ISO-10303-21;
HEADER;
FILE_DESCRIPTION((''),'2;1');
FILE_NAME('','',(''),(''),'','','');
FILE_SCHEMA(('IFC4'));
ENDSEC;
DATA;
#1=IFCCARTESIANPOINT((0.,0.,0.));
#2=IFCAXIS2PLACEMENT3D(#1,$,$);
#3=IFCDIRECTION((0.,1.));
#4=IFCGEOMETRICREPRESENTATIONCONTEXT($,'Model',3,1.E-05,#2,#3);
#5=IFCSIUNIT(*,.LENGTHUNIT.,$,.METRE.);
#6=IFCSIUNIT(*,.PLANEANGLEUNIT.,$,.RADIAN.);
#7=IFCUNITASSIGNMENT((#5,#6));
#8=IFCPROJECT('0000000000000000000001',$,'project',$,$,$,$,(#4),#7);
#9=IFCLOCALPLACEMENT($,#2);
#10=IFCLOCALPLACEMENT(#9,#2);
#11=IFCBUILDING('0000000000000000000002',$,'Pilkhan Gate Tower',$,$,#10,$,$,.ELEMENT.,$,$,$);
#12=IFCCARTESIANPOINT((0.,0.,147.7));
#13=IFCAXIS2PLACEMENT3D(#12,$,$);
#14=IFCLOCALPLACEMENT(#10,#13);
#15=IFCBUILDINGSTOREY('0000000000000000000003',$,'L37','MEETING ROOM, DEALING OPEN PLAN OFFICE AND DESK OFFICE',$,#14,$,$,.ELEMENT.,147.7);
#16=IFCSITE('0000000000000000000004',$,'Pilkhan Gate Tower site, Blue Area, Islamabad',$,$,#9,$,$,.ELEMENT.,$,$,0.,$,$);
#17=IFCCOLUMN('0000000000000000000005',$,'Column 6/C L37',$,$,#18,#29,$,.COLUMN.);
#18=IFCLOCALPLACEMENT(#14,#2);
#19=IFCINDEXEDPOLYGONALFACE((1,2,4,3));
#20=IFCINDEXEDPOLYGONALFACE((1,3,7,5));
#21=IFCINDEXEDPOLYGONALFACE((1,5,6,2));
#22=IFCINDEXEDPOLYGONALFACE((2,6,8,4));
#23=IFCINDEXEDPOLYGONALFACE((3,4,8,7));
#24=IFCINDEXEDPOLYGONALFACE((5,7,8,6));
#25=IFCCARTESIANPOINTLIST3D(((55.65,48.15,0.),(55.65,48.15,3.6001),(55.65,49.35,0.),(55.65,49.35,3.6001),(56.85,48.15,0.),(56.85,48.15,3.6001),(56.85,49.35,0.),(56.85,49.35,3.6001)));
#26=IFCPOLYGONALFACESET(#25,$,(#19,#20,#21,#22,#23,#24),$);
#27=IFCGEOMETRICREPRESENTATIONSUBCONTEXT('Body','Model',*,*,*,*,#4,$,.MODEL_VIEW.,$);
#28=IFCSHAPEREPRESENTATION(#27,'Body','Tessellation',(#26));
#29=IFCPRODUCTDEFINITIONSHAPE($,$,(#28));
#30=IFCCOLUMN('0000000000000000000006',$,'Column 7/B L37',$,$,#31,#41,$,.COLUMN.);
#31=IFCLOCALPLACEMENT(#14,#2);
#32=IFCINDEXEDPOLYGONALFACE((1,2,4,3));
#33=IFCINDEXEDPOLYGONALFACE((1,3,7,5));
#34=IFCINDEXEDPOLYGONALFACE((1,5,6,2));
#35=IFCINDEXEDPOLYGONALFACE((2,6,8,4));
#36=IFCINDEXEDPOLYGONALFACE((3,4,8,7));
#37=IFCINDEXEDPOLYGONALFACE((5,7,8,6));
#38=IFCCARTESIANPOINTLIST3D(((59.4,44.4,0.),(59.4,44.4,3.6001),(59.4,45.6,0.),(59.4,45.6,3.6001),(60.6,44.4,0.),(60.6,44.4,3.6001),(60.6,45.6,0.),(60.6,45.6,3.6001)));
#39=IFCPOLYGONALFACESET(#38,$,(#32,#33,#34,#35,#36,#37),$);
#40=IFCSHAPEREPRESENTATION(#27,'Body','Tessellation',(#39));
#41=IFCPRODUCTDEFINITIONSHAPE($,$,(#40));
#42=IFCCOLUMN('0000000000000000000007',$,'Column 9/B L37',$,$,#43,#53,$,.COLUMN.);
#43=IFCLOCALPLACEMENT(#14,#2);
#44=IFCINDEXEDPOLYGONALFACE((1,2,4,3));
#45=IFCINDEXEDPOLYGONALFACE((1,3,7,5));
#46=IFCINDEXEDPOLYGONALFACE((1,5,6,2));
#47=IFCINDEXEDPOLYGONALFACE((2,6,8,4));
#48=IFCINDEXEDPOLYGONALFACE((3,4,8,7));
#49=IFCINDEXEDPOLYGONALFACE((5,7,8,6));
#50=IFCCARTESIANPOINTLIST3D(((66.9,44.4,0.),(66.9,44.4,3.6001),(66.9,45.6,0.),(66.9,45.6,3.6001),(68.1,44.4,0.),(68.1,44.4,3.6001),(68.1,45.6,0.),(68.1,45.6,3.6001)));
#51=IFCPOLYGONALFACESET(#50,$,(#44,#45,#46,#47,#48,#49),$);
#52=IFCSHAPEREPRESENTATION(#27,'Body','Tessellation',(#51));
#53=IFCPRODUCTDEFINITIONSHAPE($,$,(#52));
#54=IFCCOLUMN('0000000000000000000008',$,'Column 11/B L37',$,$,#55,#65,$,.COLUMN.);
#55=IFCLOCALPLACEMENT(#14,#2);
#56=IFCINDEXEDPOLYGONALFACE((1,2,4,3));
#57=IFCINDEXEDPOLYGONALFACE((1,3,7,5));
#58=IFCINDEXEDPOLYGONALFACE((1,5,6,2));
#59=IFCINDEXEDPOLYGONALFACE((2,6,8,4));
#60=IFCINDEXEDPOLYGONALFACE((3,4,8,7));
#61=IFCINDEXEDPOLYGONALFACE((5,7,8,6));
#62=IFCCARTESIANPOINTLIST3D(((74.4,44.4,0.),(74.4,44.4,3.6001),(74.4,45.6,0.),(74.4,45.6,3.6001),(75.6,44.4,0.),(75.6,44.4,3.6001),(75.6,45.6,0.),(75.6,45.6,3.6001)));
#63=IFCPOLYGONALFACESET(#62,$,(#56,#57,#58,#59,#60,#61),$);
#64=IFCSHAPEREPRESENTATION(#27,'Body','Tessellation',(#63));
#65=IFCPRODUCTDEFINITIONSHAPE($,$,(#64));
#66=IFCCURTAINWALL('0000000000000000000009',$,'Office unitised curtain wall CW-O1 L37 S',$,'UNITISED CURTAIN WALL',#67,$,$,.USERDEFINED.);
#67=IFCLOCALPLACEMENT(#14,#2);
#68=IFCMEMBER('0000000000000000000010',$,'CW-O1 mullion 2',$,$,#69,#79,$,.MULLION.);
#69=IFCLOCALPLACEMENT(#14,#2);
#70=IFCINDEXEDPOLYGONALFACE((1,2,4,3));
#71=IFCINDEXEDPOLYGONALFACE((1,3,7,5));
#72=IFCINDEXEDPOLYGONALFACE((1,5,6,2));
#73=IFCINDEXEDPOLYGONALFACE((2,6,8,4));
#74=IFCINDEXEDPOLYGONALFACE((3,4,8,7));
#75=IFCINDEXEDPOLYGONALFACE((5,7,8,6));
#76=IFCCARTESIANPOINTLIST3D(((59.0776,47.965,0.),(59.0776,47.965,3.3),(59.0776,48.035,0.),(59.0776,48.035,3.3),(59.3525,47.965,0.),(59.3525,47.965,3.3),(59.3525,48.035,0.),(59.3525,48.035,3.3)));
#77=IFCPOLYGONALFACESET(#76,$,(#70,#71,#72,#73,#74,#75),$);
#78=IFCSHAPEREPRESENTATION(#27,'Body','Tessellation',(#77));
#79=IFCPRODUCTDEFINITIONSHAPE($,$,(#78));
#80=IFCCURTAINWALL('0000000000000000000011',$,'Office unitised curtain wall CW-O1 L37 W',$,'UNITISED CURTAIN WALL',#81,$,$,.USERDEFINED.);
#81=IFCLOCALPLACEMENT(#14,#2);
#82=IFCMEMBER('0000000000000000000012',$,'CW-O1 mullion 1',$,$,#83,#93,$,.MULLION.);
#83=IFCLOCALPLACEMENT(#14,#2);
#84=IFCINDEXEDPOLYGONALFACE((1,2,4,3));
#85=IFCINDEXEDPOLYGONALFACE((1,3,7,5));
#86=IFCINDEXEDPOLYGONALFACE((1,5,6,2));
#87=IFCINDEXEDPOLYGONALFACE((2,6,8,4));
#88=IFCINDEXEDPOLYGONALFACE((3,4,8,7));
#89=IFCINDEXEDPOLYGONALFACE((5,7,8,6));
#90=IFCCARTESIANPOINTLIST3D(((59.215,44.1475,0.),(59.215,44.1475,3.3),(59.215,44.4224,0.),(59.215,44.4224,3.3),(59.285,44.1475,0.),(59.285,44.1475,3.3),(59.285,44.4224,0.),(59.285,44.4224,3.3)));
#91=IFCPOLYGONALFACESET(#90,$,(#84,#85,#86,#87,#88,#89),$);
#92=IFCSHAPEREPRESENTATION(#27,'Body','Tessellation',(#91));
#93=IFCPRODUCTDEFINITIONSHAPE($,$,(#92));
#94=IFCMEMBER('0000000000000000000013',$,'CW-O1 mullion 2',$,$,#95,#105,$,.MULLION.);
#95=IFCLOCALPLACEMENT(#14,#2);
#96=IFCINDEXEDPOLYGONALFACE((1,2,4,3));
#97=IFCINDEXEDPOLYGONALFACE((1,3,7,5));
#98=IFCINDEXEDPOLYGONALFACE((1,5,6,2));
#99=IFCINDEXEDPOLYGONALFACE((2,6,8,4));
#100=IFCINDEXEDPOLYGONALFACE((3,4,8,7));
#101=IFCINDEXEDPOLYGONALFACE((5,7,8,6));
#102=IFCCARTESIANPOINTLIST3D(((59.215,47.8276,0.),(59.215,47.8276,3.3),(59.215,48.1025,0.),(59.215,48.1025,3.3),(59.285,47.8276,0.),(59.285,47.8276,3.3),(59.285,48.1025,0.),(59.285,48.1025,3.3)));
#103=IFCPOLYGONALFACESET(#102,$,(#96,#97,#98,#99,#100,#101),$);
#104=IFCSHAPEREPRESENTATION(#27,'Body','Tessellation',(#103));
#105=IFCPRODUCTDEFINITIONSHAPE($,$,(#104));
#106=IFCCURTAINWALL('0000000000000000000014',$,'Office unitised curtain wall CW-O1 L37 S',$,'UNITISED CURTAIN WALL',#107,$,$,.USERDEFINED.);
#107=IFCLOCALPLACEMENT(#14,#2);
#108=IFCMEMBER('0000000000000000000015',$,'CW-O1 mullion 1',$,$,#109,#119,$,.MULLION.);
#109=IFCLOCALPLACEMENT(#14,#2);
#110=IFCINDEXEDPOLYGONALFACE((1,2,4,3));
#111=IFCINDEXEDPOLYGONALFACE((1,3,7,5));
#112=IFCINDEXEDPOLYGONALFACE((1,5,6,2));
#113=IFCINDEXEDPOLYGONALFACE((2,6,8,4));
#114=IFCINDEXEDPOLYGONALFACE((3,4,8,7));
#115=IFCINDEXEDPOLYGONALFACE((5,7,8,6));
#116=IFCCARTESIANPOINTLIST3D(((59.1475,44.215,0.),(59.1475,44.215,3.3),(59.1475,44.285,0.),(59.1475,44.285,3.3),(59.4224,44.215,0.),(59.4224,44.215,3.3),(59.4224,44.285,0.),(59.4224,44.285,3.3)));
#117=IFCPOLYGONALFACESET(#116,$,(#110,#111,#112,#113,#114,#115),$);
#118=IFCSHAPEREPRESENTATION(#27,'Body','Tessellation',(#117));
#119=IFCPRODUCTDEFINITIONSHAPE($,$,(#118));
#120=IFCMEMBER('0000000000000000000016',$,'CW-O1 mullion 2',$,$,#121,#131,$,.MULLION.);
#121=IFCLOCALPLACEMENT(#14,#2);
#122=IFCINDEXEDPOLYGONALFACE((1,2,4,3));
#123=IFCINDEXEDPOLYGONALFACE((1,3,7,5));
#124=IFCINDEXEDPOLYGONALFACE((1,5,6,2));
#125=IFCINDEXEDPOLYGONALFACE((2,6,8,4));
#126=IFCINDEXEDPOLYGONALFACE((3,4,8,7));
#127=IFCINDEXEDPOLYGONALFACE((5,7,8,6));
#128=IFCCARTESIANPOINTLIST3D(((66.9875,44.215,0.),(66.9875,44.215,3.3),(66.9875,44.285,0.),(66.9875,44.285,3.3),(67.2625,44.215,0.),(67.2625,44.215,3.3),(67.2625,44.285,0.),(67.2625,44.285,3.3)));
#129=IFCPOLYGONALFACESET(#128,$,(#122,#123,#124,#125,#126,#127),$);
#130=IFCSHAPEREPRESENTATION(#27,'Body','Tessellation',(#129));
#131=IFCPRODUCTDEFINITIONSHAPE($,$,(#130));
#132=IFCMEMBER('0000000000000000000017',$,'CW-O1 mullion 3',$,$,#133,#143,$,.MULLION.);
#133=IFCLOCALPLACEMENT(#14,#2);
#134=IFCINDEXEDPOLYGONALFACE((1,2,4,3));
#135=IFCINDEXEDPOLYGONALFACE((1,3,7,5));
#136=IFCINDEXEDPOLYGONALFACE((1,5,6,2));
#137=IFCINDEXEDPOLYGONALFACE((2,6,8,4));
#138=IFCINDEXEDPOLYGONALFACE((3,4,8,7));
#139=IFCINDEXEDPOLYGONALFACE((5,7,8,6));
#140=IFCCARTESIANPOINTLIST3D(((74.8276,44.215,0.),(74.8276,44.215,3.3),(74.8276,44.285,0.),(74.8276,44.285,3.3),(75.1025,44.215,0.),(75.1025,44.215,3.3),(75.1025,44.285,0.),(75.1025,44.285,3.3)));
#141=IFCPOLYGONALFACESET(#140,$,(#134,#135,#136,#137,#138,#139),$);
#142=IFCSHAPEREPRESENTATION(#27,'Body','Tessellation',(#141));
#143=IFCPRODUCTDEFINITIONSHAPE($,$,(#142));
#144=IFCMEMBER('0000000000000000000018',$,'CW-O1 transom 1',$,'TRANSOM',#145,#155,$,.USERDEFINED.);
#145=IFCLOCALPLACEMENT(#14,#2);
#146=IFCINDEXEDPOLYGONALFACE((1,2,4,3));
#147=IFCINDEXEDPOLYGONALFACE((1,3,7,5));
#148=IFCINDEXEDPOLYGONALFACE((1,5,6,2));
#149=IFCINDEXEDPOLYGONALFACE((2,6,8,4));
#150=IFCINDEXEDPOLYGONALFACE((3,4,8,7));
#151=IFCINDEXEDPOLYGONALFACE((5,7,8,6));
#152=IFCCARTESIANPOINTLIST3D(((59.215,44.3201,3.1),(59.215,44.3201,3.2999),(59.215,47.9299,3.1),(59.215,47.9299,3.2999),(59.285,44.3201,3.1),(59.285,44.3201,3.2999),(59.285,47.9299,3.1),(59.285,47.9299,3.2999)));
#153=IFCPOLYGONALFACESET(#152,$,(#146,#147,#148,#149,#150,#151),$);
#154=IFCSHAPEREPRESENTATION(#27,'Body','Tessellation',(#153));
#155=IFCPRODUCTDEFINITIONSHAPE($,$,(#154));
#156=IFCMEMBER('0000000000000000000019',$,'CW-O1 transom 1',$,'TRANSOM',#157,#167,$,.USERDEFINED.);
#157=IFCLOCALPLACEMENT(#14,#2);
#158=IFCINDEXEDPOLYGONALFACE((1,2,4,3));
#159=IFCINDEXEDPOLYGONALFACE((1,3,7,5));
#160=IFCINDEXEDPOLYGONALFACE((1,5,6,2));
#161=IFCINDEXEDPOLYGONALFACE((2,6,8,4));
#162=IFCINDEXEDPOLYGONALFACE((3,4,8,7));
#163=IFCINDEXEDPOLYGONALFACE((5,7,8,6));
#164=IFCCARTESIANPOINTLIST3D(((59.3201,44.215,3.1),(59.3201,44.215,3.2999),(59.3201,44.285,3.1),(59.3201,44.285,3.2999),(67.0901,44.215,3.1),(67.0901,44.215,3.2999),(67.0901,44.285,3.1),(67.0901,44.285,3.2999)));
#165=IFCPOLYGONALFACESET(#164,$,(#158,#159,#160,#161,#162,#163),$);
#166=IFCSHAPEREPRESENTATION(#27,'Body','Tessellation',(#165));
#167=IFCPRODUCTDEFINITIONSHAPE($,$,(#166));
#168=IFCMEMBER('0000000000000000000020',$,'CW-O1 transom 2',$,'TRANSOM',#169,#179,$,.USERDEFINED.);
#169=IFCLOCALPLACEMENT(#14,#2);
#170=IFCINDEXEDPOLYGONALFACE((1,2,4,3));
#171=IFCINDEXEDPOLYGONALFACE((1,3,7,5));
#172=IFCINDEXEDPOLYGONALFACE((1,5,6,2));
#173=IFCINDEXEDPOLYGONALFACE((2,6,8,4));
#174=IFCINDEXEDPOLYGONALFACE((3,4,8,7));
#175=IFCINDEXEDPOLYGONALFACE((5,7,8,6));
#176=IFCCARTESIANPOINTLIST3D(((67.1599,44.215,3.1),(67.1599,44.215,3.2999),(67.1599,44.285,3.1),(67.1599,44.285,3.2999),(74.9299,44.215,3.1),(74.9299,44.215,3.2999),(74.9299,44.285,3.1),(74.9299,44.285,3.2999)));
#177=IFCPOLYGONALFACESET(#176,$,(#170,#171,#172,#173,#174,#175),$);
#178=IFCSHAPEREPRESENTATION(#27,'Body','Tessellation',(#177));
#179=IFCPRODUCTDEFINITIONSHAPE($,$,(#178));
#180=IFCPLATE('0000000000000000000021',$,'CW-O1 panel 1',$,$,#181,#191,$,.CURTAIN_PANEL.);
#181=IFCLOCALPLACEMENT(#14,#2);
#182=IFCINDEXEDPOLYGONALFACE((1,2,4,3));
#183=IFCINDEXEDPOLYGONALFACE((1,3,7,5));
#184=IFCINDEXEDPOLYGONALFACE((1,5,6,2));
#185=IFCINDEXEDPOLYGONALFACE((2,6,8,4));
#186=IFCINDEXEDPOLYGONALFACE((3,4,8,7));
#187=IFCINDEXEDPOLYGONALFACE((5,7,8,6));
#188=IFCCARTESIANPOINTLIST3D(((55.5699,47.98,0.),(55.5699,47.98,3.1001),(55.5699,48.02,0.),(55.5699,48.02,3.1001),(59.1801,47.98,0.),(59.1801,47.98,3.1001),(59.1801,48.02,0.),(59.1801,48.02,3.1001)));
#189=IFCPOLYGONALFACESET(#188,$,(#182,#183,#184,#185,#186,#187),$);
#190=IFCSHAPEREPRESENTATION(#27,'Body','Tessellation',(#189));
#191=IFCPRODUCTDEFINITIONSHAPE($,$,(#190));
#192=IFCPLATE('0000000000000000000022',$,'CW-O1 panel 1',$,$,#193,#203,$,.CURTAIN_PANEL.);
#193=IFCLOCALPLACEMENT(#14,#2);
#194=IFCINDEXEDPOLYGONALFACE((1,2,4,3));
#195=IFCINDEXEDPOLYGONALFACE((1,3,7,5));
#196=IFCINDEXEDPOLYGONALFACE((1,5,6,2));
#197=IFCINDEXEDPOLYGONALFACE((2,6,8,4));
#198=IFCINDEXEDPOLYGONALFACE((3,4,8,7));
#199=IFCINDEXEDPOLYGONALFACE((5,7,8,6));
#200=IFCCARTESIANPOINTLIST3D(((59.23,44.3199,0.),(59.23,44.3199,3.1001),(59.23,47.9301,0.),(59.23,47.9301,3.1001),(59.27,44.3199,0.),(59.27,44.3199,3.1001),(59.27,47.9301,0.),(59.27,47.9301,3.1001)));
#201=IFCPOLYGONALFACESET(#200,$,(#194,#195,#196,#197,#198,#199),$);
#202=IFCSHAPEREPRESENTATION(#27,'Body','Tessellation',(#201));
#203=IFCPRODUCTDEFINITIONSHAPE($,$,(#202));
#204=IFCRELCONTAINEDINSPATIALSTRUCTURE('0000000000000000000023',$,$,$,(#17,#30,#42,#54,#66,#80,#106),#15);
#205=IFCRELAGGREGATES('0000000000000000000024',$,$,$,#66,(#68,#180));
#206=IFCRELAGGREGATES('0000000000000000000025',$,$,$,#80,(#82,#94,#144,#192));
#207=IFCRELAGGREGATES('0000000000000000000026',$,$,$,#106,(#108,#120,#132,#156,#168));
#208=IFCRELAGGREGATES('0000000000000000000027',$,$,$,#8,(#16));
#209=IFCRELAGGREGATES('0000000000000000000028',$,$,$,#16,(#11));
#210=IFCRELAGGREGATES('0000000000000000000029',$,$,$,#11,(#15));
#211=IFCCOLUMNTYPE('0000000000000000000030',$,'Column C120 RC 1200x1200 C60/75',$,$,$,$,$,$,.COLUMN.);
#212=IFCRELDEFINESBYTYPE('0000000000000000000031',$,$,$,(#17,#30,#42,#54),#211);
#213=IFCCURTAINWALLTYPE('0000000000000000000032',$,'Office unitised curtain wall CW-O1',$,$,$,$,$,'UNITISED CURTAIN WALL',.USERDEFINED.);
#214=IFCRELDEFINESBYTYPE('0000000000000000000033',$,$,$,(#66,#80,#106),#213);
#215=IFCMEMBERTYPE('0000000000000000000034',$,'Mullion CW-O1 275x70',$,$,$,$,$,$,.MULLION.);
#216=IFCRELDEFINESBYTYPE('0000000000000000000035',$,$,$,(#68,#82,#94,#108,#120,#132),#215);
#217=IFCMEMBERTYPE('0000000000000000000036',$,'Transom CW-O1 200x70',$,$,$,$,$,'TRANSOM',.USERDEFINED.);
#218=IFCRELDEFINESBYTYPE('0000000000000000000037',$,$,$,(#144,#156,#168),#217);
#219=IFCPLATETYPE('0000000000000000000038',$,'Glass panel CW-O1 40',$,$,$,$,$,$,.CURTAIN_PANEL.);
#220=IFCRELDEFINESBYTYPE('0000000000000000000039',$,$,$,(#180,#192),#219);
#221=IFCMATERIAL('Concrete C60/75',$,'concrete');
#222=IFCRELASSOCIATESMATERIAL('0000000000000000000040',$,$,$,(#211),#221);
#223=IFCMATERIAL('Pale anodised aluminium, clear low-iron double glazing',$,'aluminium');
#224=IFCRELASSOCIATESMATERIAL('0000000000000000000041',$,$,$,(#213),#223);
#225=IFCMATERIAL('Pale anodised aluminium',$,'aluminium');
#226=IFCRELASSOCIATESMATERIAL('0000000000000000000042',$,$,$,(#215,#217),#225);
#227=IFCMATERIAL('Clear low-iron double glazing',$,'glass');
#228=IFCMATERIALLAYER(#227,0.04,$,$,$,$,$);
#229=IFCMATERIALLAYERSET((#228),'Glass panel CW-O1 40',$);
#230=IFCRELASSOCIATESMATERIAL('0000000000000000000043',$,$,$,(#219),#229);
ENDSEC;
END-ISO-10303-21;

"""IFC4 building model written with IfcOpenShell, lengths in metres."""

from ifc_helpers import new_model, si_unit, direction, frame, origin, origin_2d, place, context, subcontext, project, spatial, rectangle, extrude, material, layer, layer_set, material_profile, profile_set, type_object, element, aggregate, save


model = new_model("IFC4")

# Units and contexts
model_context = context("Model", 3, precision=1e-05, world=origin(), true_north=direction((0.0, 1.0)))
body_context = subcontext(model_context, "Body", "Model", "MODEL_VIEW")
ifc_project = project(units=[si_unit("LENGTHUNIT", "METRE"), si_unit("PLANEANGLEUNIT", "RADIAN")], contexts=[model_context])

# Site, building, storey
site_placement = place(None, origin())
site = spatial("IfcSite", under=ifc_project, at=site_placement, Name="Pilkhan Gate Tower site, Blue Area, Islamabad", CompositionType="ELEMENT", RefElevation=0.0)
building_placement = place(site_placement, origin())
building = spatial("IfcBuilding", under=site, at=building_placement, Name="Pilkhan Gate Tower", CompositionType="ELEMENT")
storey_placement = place(building_placement, frame((0.0, 0.0, 147.7)))
storey = spatial("IfcBuildingStorey", under=building, at=storey_placement, Name="L37", Description="MEETING ROOM, DEALING OPEN PLAN OFFICE AND DESK OFFICE", CompositionType="ELEMENT", Elevation=147.7)

# Columns
ifc_material_1 = material(Name="Concrete C60/75", Category="concrete")
ifc_material_profile_1 = material_profile(ifc_material_1, rectangle(XDim=1.2, YDim=1.2, at=origin_2d()), Name="RC 1200x1200")
ifc_profile_set_1 = profile_set([ifc_material_profile_1], Name="Concrete C60/75")
column_type = type_object("IfcColumnType", Name="Column C120 RC 1200x1200 C60/75", PredefinedType="COLUMN", material=ifc_profile_set_1)
for number, where, z_axis, x_axis, name in (
    (1, (56.25, 48.75, 0.0), (0.0, 0.0, 1.0), (1.0, 0.0, 0.0), "Column 6/C L37"),
    (2, (60.0, 45.0, 0.0), (0.0, 0.0, 1.0), (1.0, 0.0, 0.0), "Column 7/B L37"),
    (3, (67.5, 45.0, 0.0), (0.0, 0.0, 1.0), (1.0, 0.0, 0.0), "Column 9/B L37"),
    (4, (75.0, 45.0, 0.0), (0.0, 0.0, 1.0), (1.0, 0.0, 0.0), "Column 11/B L37"),
):
    element("IfcColumn", number, at=place(storey_placement, frame(where, z_axis=z_axis, x_axis=x_axis)), inside=storey, type_object=column_type, Name=name, PredefinedType="COLUMN", context=body_context, shape_type="SweptSolid", body=[
        extrude(rectangle(XDim=1.2, YDim=1.2, at=origin_2d()), origin(), (0.0, 0.0, 1.0), 3.6001),
    ])

# Curtain wall, member
ifc_material_2 = material(Name="Pale anodised aluminium, clear low-iron double glazing", Category="aluminium")
curtain_wall_type = type_object("IfcCurtainWallType", Name="Office unitised curtain wall CW-O1", ElementType="UNITISED CURTAIN WALL", PredefinedType="USERDEFINED", material=ifc_material_2)
curtain_wall_1_placement = place(storey_placement, origin())
curtain_wall_1 = element("IfcCurtainWall", 5, at=curtain_wall_1_placement, inside=storey, type_object=curtain_wall_type, Name="Office unitised curtain wall CW-O1 L37 S", ObjectType="UNITISED CURTAIN WALL", PredefinedType="USERDEFINED")
ifc_material_3 = material(Name="Pale anodised aluminium", Category="aluminium")
ifc_material_profile_2 = material_profile(ifc_material_3, rectangle(XDim=0.0701, YDim=0.2749, at=origin_2d()), Name="Mullion 275x70")
ifc_profile_set_2 = profile_set([ifc_material_profile_2], Name="Pale anodised aluminium")
member_type_1 = type_object("IfcMemberType", Name="Mullion CW-O1 275x70", PredefinedType="MULLION", material=ifc_profile_set_2)
member_1_placement = place(storey_placement, frame((59.2151, 48.0, 0.0), z_axis=(0.0, 0.0, 1.0), x_axis=(0.0, 1.0, 0.0)))
member_1 = element("IfcMember", 6, at=member_1_placement, type_object=member_type_1, Name="CW-O1 mullion 2", PredefinedType="MULLION", context=body_context, shape_type="SweptSolid", body=[
    extrude(rectangle(XDim=0.0701, YDim=0.2749, at=origin_2d()), origin(), (0.0, 0.0, 1.0), 3.3),
])

# Curtain walls, members
curtain_wall_2_placement = place(storey_placement, origin())
curtain_wall_2 = element("IfcCurtainWall", 7, at=curtain_wall_2_placement, inside=storey, type_object=curtain_wall_type, Name="Office unitised curtain wall CW-O1 L37 W", ObjectType="UNITISED CURTAIN WALL", PredefinedType="USERDEFINED")
member_2_placement = place(storey_placement, frame((59.25, 44.2849, 0.0), z_axis=(0.0, 0.0, 1.0), x_axis=(-1.0, 0.0, 0.0)))
member_2 = element("IfcMember", 8, at=member_2_placement, type_object=member_type_1, Name="CW-O1 mullion 1", PredefinedType="MULLION", context=body_context, shape_type="SweptSolid", body=[
    extrude(rectangle(XDim=0.0701, YDim=0.2749, at=origin_2d()), origin(), (0.0, 0.0, 1.0), 3.3),
])
member_3_placement = place(storey_placement, frame((59.25, 47.9651, 0.0), z_axis=(0.0, 0.0, 1.0), x_axis=(-1.0, 0.0, 0.0)))
member_3 = element("IfcMember", 9, at=member_3_placement, type_object=member_type_1, Name="CW-O1 mullion 2", PredefinedType="MULLION", context=body_context, shape_type="SweptSolid", body=[
    extrude(rectangle(XDim=0.0701, YDim=0.2749, at=origin_2d()), origin(), (0.0, 0.0, 1.0), 3.3),
])
curtain_wall_3_placement = place(storey_placement, origin())
curtain_wall_3 = element("IfcCurtainWall", 10, at=curtain_wall_3_placement, inside=storey, type_object=curtain_wall_type, Name="Office unitised curtain wall CW-O1 L37 S", ObjectType="UNITISED CURTAIN WALL", PredefinedType="USERDEFINED")
member_4_placement = place(storey_placement, frame((59.2849, 44.25, 0.0), z_axis=(0.0, 0.0, 1.0), x_axis=(0.0, 1.0, 0.0)))
member_4 = element("IfcMember", 11, at=member_4_placement, type_object=member_type_1, Name="CW-O1 mullion 1", PredefinedType="MULLION", context=body_context, shape_type="SweptSolid", body=[
    extrude(rectangle(XDim=0.0701, YDim=0.2749, at=origin_2d()), origin(), (0.0, 0.0, 1.0), 3.3),
])
member_5_placement = place(storey_placement, frame((67.125, 44.25, 0.0), z_axis=(0.0, 0.0, 1.0), x_axis=(0.0, 1.0, 0.0)))
member_5 = element("IfcMember", 12, at=member_5_placement, type_object=member_type_1, Name="CW-O1 mullion 2", PredefinedType="MULLION", context=body_context, shape_type="SweptSolid", body=[
    extrude(rectangle(XDim=0.0701, YDim=0.2749, at=origin_2d()), origin(), (0.0, 0.0, 1.0), 3.3),
])
member_6_placement = place(storey_placement, frame((74.9651, 44.25, 0.0), z_axis=(0.0, 0.0, 1.0), x_axis=(0.0, 1.0, 0.0)))
member_6 = element("IfcMember", 13, at=member_6_placement, type_object=member_type_1, Name="CW-O1 mullion 3", PredefinedType="MULLION", context=body_context, shape_type="SweptSolid", body=[
    extrude(rectangle(XDim=0.0701, YDim=0.2749, at=origin_2d()), origin(), (0.0, 0.0, 1.0), 3.3),
])

# Members
ifc_material_profile_3 = material_profile(ifc_material_3, rectangle(XDim=0.0701, YDim=0.2, at=origin_2d()), Name="Transom 200x70")
ifc_profile_set_3 = profile_set([ifc_material_profile_3], Name="Pale anodised aluminium")
member_type_2 = type_object("IfcMemberType", Name="Transom CW-O1 200x70", ElementType="TRANSOM", PredefinedType="USERDEFINED", material=ifc_profile_set_3)
member_7_placement = place(storey_placement, frame((59.25, 44.3201, 3.2), z_axis=(0.0, 1.0, 0.0), x_axis=(-1.0, 0.0, 0.0)))
member_7 = element("IfcMember", 14, at=member_7_placement, type_object=member_type_2, Name="CW-O1 transom 1", ObjectType="TRANSOM", PredefinedType="USERDEFINED", context=body_context, shape_type="SweptSolid", body=[
    extrude(rectangle(XDim=0.0701, YDim=0.2, at=origin_2d()), origin(), (0.0, 0.0, 1.0), 3.6099),
])
member_8_placement = place(storey_placement, frame((59.3201, 44.25, 3.2), z_axis=(1.0, 0.0, 0.0), x_axis=(0.0, 1.0, 0.0)))
member_8 = element("IfcMember", 15, at=member_8_placement, type_object=member_type_2, Name="CW-O1 transom 1", ObjectType="TRANSOM", PredefinedType="USERDEFINED", context=body_context, shape_type="SweptSolid", body=[
    extrude(rectangle(XDim=0.0701, YDim=0.2, at=origin_2d()), origin(), (0.0, 0.0, 1.0), 7.77),
])
member_9_placement = place(storey_placement, frame((67.1599, 44.25, 3.2), z_axis=(1.0, 0.0, 0.0), x_axis=(0.0, 1.0, 0.0)))
member_9 = element("IfcMember", 16, at=member_9_placement, type_object=member_type_2, Name="CW-O1 transom 2", ObjectType="TRANSOM", PredefinedType="USERDEFINED", context=body_context, shape_type="SweptSolid", body=[
    extrude(rectangle(XDim=0.0701, YDim=0.2, at=origin_2d()), origin(), (0.0, 0.0, 1.0), 7.77),
])

# Plates
ifc_material_4 = material(Name="Clear low-iron double glazing", Category="glass")
ifc_layer_1 = layer(ifc_material_4, 0.04)
ifc_layer_set_1 = layer_set([ifc_layer_1], Name="Glass panel CW-O1 40")
plate_type = type_object("IfcPlateType", Name="Glass panel CW-O1 40", PredefinedType="CURTAIN_PANEL", material=ifc_layer_set_1)
plate_1_placement = place(storey_placement, frame((57.375, 48.0, 0.0), z_axis=(0.0, 0.0, 1.0), x_axis=(1.0, 0.0, 0.0)))
plate_1 = element("IfcPlate", 17, at=plate_1_placement, type_object=plate_type, Name="CW-O1 panel 1", PredefinedType="CURTAIN_PANEL", context=body_context, shape_type="SweptSolid", body=[
    extrude(rectangle(XDim=3.6101, YDim=0.04, at=origin_2d()), origin(), (0.0, 0.0, 1.0), 3.1001),
])
aggregate(curtain_wall_1, [member_1, plate_1])
plate_2_placement = place(storey_placement, frame((59.25, 46.125, 0.0), z_axis=(0.0, 0.0, 1.0), x_axis=(0.0, 1.0, 0.0)))
plate_2 = element("IfcPlate", 18, at=plate_2_placement, type_object=plate_type, Name="CW-O1 panel 1", PredefinedType="CURTAIN_PANEL", context=body_context, shape_type="SweptSolid", body=[
    extrude(rectangle(XDim=3.6101, YDim=0.04, at=origin_2d()), origin(), (0.0, 0.0, 1.0), 3.1001),
])
aggregate(curtain_wall_2, [member_2, member_3, member_7, plate_2])
aggregate(curtain_wall_3, [member_4, member_5, member_6, member_8, member_9])

save(model, "model.ifc")
